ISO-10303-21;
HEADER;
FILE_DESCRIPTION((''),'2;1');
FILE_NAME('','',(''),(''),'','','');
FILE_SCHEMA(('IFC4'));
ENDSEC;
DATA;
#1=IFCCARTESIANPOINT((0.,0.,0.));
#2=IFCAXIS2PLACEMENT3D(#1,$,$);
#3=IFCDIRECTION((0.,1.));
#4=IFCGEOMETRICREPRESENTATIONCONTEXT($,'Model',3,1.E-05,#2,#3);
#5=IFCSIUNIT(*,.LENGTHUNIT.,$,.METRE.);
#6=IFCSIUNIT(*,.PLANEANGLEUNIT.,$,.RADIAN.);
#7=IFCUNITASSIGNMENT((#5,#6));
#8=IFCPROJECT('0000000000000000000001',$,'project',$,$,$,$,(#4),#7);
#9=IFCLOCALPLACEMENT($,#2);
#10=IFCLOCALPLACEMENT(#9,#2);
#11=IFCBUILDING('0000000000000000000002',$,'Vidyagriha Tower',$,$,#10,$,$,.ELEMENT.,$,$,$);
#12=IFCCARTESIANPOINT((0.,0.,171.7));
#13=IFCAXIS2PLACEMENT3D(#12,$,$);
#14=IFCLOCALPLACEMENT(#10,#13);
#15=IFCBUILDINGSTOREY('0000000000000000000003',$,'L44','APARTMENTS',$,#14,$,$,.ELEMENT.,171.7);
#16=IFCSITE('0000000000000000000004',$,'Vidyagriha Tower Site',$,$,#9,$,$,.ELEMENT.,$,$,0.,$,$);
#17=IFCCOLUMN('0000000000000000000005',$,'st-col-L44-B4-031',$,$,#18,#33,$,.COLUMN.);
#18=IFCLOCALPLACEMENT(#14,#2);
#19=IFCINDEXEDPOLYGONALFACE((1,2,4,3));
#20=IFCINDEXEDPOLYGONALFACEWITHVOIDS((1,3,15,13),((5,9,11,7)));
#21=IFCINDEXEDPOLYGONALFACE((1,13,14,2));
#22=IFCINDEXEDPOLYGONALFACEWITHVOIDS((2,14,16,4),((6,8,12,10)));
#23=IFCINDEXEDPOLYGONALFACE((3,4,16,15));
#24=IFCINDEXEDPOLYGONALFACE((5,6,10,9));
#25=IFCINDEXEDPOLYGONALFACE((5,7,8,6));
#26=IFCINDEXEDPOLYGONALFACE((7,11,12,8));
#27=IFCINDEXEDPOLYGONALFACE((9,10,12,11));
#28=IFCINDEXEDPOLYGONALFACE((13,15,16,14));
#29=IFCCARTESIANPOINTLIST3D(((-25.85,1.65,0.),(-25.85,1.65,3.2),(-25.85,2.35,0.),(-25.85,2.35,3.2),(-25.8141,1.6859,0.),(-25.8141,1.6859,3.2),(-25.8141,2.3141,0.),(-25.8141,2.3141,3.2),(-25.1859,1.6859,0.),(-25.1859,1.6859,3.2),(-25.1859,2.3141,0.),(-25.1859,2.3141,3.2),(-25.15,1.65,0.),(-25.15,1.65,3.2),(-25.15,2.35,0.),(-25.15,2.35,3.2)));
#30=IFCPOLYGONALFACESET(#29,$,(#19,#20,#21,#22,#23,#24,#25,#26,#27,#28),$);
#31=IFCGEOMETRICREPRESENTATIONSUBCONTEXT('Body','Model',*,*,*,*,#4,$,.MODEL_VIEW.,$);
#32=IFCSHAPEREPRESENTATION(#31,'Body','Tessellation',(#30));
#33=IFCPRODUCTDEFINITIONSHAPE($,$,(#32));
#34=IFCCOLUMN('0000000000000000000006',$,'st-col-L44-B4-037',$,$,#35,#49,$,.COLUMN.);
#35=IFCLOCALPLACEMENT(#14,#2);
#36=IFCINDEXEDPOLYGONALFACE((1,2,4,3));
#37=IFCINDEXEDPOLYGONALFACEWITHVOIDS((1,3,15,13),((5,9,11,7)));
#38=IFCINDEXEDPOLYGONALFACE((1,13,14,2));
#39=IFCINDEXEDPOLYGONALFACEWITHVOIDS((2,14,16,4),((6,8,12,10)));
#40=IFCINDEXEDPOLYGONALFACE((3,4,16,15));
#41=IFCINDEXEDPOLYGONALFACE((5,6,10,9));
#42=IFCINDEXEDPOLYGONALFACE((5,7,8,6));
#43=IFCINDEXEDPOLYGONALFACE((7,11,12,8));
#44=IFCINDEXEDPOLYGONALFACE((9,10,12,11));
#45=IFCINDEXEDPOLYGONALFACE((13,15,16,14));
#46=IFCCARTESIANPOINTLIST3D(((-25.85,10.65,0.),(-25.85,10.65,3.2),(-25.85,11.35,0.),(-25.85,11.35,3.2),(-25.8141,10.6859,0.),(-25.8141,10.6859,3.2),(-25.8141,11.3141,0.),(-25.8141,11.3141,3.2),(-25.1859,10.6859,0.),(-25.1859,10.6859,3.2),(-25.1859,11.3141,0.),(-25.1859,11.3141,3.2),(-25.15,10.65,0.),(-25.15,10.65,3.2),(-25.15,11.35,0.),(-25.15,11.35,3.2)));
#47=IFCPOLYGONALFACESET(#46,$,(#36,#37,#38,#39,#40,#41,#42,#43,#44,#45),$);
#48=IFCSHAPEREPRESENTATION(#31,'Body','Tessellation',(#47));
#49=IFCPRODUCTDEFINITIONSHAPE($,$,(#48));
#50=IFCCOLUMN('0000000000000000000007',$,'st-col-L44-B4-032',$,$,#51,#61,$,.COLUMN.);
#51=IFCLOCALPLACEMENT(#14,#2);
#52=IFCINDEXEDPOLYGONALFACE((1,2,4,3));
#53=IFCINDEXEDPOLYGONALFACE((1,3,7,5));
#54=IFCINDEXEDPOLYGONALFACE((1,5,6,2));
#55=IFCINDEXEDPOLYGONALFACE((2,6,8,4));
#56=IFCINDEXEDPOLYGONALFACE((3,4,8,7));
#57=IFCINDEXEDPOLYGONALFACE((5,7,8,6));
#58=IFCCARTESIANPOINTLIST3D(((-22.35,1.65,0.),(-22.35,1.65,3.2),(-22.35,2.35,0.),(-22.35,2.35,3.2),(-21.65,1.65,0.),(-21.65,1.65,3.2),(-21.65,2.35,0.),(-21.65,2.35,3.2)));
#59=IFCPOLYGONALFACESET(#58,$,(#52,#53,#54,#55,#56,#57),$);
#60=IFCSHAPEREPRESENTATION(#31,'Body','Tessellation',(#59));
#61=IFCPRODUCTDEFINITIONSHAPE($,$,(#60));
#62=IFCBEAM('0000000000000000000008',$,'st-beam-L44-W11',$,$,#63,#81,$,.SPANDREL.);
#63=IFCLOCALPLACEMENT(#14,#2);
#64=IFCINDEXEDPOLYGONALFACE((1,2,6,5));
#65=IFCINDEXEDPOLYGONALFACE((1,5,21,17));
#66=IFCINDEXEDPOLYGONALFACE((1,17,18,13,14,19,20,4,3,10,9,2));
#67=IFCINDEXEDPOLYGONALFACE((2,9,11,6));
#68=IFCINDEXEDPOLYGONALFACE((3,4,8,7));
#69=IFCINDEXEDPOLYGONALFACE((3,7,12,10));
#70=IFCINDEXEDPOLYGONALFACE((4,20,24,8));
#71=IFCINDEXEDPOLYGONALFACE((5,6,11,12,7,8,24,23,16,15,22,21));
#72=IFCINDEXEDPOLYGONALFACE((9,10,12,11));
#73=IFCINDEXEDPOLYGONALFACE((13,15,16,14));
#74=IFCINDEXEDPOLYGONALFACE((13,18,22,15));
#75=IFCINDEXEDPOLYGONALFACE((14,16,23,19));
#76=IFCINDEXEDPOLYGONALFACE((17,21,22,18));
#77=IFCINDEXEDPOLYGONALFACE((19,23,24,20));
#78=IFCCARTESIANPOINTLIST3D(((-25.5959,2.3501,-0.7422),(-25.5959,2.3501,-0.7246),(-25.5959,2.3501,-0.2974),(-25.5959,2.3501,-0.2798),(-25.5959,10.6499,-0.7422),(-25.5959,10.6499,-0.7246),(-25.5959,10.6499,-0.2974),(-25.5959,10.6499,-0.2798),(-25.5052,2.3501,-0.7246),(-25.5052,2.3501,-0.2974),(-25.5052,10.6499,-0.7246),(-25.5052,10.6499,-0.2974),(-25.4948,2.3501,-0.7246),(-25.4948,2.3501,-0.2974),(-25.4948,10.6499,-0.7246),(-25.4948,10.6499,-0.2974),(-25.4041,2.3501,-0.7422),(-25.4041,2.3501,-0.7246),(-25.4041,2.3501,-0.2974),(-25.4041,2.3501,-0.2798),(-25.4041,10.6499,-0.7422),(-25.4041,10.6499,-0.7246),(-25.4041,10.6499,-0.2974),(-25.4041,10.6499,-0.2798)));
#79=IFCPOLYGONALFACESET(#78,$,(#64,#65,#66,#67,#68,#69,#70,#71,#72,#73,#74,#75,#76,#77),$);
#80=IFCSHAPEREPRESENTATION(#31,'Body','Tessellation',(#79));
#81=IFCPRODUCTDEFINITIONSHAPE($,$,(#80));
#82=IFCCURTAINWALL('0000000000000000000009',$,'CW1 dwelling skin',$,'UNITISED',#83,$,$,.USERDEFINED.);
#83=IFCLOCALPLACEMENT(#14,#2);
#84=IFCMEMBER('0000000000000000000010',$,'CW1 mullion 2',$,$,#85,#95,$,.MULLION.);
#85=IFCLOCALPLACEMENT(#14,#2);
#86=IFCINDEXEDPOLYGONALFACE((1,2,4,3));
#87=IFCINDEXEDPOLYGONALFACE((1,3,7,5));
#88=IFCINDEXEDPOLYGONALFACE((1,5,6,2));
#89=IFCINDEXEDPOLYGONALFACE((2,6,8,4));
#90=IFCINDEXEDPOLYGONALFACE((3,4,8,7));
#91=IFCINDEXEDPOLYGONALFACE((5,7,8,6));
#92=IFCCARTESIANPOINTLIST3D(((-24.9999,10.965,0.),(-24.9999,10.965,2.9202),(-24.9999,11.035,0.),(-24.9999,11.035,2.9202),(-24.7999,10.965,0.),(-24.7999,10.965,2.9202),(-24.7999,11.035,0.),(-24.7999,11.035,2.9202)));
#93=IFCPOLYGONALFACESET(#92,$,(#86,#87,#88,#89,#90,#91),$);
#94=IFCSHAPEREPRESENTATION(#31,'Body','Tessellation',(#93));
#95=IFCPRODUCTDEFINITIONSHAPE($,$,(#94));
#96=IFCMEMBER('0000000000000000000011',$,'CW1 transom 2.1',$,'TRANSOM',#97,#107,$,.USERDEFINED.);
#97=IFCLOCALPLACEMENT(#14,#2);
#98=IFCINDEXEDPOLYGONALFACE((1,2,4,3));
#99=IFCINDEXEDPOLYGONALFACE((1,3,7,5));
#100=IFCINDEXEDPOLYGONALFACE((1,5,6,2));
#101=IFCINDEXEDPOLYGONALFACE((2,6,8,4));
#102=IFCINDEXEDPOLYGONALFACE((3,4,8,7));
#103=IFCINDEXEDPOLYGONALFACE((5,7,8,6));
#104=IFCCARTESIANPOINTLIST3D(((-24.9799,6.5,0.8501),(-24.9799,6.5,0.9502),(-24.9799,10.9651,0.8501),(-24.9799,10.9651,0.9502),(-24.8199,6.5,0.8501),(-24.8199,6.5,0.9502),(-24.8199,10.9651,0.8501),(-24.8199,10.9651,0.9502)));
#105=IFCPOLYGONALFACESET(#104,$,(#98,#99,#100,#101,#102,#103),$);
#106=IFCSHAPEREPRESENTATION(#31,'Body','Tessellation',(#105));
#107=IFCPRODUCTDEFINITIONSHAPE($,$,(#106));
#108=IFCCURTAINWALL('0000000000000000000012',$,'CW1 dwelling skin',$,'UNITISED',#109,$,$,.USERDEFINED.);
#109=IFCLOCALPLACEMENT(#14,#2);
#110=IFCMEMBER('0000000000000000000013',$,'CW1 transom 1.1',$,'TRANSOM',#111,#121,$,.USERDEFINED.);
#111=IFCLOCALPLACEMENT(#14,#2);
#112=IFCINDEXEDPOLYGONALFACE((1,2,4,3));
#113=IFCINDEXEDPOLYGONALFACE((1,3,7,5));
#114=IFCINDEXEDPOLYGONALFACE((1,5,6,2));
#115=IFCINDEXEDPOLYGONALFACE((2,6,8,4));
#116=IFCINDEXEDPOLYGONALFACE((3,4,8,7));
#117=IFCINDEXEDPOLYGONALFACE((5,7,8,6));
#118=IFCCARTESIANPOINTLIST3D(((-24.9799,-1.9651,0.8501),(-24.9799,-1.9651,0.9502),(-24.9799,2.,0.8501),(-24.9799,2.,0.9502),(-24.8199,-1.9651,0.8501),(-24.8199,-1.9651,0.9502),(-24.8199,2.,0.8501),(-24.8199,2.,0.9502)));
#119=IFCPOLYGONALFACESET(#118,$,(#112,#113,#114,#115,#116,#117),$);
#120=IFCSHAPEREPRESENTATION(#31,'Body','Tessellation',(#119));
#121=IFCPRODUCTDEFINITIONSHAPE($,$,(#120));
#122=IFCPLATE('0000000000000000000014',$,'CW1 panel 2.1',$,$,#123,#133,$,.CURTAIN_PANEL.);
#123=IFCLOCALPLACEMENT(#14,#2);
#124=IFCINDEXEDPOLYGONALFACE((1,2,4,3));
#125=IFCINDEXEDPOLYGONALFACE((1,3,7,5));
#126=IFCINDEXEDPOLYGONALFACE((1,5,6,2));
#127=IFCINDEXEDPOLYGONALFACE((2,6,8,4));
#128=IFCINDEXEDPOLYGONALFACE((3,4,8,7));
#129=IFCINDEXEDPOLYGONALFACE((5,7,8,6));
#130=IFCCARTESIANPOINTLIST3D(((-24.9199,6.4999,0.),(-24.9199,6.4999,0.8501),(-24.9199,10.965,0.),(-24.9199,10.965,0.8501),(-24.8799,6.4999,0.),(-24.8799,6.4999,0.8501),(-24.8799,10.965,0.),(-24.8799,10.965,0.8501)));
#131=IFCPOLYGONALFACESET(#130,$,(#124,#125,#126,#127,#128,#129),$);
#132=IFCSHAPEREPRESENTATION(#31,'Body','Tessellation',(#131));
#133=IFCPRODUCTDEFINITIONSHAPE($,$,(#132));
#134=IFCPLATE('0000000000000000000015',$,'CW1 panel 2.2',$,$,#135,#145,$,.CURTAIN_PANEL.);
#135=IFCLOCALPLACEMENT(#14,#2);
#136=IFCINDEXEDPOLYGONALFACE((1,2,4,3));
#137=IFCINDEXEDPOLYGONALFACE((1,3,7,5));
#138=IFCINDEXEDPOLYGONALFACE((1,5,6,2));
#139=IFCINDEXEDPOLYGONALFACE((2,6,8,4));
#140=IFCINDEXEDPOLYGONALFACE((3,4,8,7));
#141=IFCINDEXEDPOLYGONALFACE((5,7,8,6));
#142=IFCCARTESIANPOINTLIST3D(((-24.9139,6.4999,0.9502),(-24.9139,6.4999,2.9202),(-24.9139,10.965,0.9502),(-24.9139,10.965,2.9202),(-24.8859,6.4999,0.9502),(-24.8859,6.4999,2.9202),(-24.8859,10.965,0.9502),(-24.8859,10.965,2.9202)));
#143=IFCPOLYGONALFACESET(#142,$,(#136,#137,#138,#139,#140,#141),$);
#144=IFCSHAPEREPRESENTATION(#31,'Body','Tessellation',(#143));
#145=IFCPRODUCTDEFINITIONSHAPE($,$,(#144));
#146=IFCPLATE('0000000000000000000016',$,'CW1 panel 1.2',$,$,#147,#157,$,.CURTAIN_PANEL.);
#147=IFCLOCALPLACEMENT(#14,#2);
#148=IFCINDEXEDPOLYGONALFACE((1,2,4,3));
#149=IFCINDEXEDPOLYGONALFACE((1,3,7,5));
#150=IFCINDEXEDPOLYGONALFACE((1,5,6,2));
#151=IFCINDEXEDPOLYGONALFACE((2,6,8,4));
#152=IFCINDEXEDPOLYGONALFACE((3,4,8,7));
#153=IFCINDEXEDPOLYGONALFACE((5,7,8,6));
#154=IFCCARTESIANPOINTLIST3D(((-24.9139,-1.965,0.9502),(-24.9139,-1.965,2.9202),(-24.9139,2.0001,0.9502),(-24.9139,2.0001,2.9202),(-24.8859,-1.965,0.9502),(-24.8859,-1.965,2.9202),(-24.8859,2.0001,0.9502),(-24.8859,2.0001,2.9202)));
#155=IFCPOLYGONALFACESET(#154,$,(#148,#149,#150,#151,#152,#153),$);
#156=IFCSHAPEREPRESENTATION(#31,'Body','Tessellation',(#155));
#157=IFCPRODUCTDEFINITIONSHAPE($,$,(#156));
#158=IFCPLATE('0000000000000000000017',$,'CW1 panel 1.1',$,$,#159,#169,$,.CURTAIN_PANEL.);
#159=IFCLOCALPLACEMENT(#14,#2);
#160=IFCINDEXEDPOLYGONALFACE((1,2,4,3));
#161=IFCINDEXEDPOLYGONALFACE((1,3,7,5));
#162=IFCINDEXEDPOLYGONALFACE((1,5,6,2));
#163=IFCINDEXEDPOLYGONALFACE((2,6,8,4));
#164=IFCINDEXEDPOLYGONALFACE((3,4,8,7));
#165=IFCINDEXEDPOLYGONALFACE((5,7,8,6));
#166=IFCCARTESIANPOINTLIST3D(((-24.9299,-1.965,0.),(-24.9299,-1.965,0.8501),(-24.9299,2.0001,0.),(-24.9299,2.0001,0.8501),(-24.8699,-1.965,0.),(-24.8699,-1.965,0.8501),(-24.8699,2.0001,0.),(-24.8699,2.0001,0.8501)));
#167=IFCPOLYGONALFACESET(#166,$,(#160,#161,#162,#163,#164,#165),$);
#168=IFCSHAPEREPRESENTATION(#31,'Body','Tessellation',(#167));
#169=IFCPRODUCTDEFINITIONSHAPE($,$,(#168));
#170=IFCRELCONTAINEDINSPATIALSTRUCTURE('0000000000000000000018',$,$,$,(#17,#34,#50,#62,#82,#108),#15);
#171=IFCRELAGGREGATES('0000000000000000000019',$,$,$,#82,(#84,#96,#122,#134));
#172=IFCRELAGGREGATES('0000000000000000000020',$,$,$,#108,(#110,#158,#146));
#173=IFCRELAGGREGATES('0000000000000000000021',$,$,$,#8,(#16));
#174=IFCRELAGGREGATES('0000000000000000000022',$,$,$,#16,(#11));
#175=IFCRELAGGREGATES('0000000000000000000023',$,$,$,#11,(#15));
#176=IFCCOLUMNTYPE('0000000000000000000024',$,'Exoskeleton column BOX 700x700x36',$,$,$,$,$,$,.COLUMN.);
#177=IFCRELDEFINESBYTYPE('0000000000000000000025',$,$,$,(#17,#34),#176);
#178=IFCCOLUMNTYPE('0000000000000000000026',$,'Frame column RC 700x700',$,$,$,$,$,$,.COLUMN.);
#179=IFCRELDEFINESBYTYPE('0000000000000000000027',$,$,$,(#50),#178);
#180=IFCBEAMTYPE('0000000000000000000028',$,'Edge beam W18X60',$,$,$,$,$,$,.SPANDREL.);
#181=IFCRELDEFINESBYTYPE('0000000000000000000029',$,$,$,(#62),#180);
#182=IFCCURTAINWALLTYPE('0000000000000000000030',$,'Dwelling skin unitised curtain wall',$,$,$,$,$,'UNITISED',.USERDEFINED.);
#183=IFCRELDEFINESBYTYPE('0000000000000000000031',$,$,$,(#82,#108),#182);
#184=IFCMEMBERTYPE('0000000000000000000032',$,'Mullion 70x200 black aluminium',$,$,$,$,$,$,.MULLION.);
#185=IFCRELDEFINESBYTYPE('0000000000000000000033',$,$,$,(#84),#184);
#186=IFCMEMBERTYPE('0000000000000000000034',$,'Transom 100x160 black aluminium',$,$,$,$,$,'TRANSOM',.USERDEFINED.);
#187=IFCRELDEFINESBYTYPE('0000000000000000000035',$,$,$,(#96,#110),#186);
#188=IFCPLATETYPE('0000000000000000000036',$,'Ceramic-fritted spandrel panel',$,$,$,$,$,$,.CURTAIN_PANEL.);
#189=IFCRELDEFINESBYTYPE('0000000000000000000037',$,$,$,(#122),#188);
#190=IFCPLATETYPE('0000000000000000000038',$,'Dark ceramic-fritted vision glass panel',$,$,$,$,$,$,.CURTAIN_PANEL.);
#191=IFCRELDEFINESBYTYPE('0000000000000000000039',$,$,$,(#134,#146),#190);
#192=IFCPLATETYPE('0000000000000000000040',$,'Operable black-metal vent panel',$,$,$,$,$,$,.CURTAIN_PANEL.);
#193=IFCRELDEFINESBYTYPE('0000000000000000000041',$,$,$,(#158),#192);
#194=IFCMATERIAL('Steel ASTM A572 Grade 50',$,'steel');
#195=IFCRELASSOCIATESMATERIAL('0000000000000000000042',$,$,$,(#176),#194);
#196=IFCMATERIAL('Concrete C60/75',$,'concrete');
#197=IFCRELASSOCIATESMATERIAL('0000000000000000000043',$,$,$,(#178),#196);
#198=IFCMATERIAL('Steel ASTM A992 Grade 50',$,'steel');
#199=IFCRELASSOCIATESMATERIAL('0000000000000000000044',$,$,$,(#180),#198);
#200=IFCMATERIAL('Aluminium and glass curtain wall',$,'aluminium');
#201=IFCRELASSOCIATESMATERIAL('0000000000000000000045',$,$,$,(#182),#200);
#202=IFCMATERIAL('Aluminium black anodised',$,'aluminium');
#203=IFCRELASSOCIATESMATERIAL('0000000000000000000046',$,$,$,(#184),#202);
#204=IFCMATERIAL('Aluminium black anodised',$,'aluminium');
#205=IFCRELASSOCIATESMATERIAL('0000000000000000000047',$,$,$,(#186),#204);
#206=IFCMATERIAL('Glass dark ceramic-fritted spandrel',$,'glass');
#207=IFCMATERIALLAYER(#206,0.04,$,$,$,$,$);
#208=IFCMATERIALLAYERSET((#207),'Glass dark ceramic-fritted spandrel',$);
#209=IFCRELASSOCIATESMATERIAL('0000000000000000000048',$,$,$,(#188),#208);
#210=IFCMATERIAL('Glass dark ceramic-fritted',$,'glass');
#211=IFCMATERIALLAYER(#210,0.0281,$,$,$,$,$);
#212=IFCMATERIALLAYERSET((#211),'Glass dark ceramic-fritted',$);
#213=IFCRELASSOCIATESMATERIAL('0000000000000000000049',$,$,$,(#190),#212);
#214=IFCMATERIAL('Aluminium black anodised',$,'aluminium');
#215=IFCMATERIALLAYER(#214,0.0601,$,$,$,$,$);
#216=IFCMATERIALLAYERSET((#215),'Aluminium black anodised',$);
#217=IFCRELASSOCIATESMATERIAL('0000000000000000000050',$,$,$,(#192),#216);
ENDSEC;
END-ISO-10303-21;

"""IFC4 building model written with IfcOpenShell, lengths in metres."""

from ifc_helpers import new_model, si_unit, direction, frame, origin, origin_2d, place, context, subcontext, project, spatial, rectangle, hollow_rectangle, i_section, extrude, material, layer, layer_set, material_profile, profile_set, type_object, element, aggregate, save


model = new_model("IFC4")

# Units and contexts
model_context = context("Model", 3, precision=1e-05, world=origin(), true_north=direction((0.0, 1.0)))
body_context = subcontext(model_context, "Body", "Model", "MODEL_VIEW")
ifc_project = project(units=[si_unit("LENGTHUNIT", "METRE"), si_unit("PLANEANGLEUNIT", "RADIAN")], contexts=[model_context])

# Site, building, storey
site_placement = place(None, origin())
site = spatial("IfcSite", under=ifc_project, at=site_placement, Name="Vidyagriha Tower Site", CompositionType="ELEMENT", RefElevation=0.0)
building_placement = place(site_placement, origin())
building = spatial("IfcBuilding", under=site, at=building_placement, Name="Vidyagriha Tower", CompositionType="ELEMENT")
storey_placement = place(building_placement, frame((0.0, 0.0, 171.7)))
storey = spatial("IfcBuildingStorey", under=building, at=storey_placement, Name="L44", Description="APARTMENTS", CompositionType="ELEMENT", Elevation=171.7)

# Columns
ifc_material_1 = material(Name="Steel ASTM A572 Grade 50", Category="steel")
ifc_material_profile_1 = material_profile(ifc_material_1, hollow_rectangle(XDim=0.7, YDim=0.7, WallThickness=0.0359, at=origin_2d()), Name="BOX 700x700x36")
ifc_profile_set_1 = profile_set([ifc_material_profile_1], Name="Steel ASTM A572 Grade 50")
column_type_1 = type_object("IfcColumnType", Name="Exoskeleton column BOX 700x700x36", PredefinedType="COLUMN", material=ifc_profile_set_1)
for number, where, name in (
    (1, (-25.5, 2.0, 0.0), "st-col-L44-B4-031"),
    (2, (-25.5, 11.0, 0.0), "st-col-L44-B4-037"),
):
    element("IfcColumn", number, at=place(storey_placement, frame(where)), inside=storey, type_object=column_type_1, Name=name, PredefinedType="COLUMN", context=body_context, shape_type="SweptSolid", body=[
        extrude(hollow_rectangle(XDim=0.7, YDim=0.7, WallThickness=0.0359, at=origin_2d()), origin(), (0.0, 0.0, 1.0), 3.2),
    ])
ifc_material_2 = material(Name="Concrete C60/75", Category="concrete")
ifc_material_profile_2 = material_profile(ifc_material_2, rectangle(XDim=0.7, YDim=0.7, at=origin_2d()), Name="RC 700x700")
ifc_profile_set_2 = profile_set([ifc_material_profile_2], Name="Concrete C60/75")
column_type_2 = type_object("IfcColumnType", Name="Frame column RC 700x700", PredefinedType="COLUMN", material=ifc_profile_set_2)
column_placement = place(storey_placement, frame((-22.0, 2.0, 0.0)))
element("IfcColumn", 3, at=column_placement, inside=storey, type_object=column_type_2, Name="st-col-L44-B4-032", PredefinedType="COLUMN", context=body_context, shape_type="SweptSolid", body=[
    extrude(rectangle(XDim=0.7, YDim=0.7, at=origin_2d()), origin(), (0.0, 0.0, 1.0), 3.2),
])

# Beam
ifc_material_3 = material(Name="Steel ASTM A992 Grade 50", Category="steel")
ifc_material_profile_3 = material_profile(ifc_material_3, i_section(OverallWidth=0.1919, OverallDepth=0.4624, WebThickness=0.0105, FlangeThickness=0.0176, at=origin_2d()), Name="W18X60")
ifc_profile_set_3 = profile_set([ifc_material_profile_3], Name="Steel ASTM A992 Grade 50")
beam_type = type_object("IfcBeamType", Name="Edge beam W18X60", PredefinedType="SPANDREL", material=ifc_profile_set_3)
beam_placement = place(storey_placement, frame((-25.5, 2.3501, -0.511), z_axis=(0.0, 1.0, 0.0), x_axis=(-1.0, 0.0, 0.0)))
element("IfcBeam", 4, at=beam_placement, inside=storey, type_object=beam_type, Name="st-beam-L44-W11", PredefinedType="SPANDREL", context=body_context, shape_type="SweptSolid", body=[
    extrude(i_section(OverallWidth=0.1919, OverallDepth=0.4624, WebThickness=0.0105, FlangeThickness=0.0176, at=origin_2d()), origin(), (0.0, 0.0, 1.0), 8.2998),
])

# Curtain wall, members
ifc_material_4 = material(Name="Aluminium and glass curtain wall", Category="aluminium")
curtain_wall_type = type_object("IfcCurtainWallType", Name="Dwelling skin unitised curtain wall", ElementType="UNITISED", PredefinedType="USERDEFINED", material=ifc_material_4)
curtain_wall_1_placement = place(storey_placement, origin())
curtain_wall_1 = element("IfcCurtainWall", 5, at=curtain_wall_1_placement, inside=storey, type_object=curtain_wall_type, Name="CW1 dwelling skin", ObjectType="UNITISED", PredefinedType="USERDEFINED")
ifc_material_5 = material(Name="Aluminium black anodised", Category="aluminium")
ifc_material_profile_4 = material_profile(ifc_material_5, rectangle(XDim=0.2, YDim=0.0701, at=origin_2d()), Name="Mullion 70x200 black aluminium")
ifc_profile_set_4 = profile_set([ifc_material_profile_4], Name="Aluminium black anodised")
member_type_1 = type_object("IfcMemberType", Name="Mullion 70x200 black aluminium", PredefinedType="MULLION", material=ifc_profile_set_4)
member_1_placement = place(storey_placement, frame((-24.8999, 11.0, 0.0)))
member_1 = element("IfcMember", 6, at=member_1_placement, type_object=member_type_1, Name="CW1 mullion 2", PredefinedType="MULLION", context=body_context, shape_type="SweptSolid", body=[
    extrude(rectangle(XDim=0.2, YDim=0.0701, at=origin_2d()), origin(), (0.0, 0.0, 1.0), 2.9202),
])
ifc_material_6 = material(Name="Aluminium black anodised", Category="aluminium")
ifc_material_profile_5 = material_profile(ifc_material_6, rectangle(XDim=0.1599, YDim=0.1001, at=origin_2d()), Name="Transom 100x160 black aluminium")
ifc_profile_set_5 = profile_set([ifc_material_profile_5], Name="Aluminium black anodised")
member_type_2 = type_object("IfcMemberType", Name="Transom 100x160 black aluminium", ElementType="TRANSOM", PredefinedType="USERDEFINED", material=ifc_profile_set_5)
member_2_placement = place(storey_placement, frame((-24.8999, 10.9651, 0.9001), z_axis=(0.0, -1.0, 0.0), x_axis=(1.0, 0.0, 0.0)))
member_2 = element("IfcMember", 7, at=member_2_placement, type_object=member_type_2, Name="CW1 transom 2.1", ObjectType="TRANSOM", PredefinedType="USERDEFINED", context=body_context, shape_type="SweptSolid", body=[
    extrude(rectangle(XDim=0.1599, YDim=0.1001, at=origin_2d()), origin(), (0.0, 0.0, 1.0), 4.4651),
])

# Curtain wall, member
curtain_wall_2_placement = place(storey_placement, origin())
curtain_wall_2 = element("IfcCurtainWall", 8, at=curtain_wall_2_placement, inside=storey, type_object=curtain_wall_type, Name="CW1 dwelling skin", ObjectType="UNITISED", PredefinedType="USERDEFINED")
member_3_placement = place(storey_placement, frame((-24.8999, 2.0, 0.9001), z_axis=(0.0, -1.0, 0.0), x_axis=(1.0, 0.0, 0.0)))
member_3 = element("IfcMember", 9, at=member_3_placement, type_object=member_type_2, Name="CW1 transom 1.1", ObjectType="TRANSOM", PredefinedType="USERDEFINED", context=body_context, shape_type="SweptSolid", body=[
    extrude(rectangle(XDim=0.1599, YDim=0.1001, at=origin_2d()), origin(), (0.0, 0.0, 1.0), 3.9651),
])

# Plates
ifc_material_7 = material(Name="Glass dark ceramic-fritted spandrel", Category="glass")
ifc_layer_1 = layer(ifc_material_7, 0.04)
ifc_layer_set_1 = layer_set([ifc_layer_1], Name="Glass dark ceramic-fritted spandrel")
plate_type_1 = type_object("IfcPlateType", Name="Ceramic-fritted spandrel panel", PredefinedType="CURTAIN_PANEL", material=ifc_layer_set_1)
plate_1_placement = place(storey_placement, frame((-24.8999, 8.7324, 0.0), z_axis=(0.0, 0.0, 1.0), x_axis=(0.0, -1.0, 0.0)))
plate_1 = element("IfcPlate", 10, at=plate_1_placement, type_object=plate_type_1, Name="CW1 panel 2.1", PredefinedType="CURTAIN_PANEL", context=body_context, shape_type="SweptSolid", body=[
    extrude(rectangle(XDim=4.4651, YDim=0.04, at=origin_2d()), origin(), (0.0, 0.0, 1.0), 0.8501),
])
ifc_material_8 = material(Name="Glass dark ceramic-fritted", Category="glass")
ifc_layer_2 = layer(ifc_material_8, 0.0281)
ifc_layer_set_2 = layer_set([ifc_layer_2], Name="Glass dark ceramic-fritted")
plate_type_2 = type_object("IfcPlateType", Name="Dark ceramic-fritted vision glass panel", PredefinedType="CURTAIN_PANEL", material=ifc_layer_set_2)
plate_2_placement = place(storey_placement, frame((-24.8999, 8.7324, 0.9502), z_axis=(0.0, 0.0, 1.0), x_axis=(0.0, -1.0, 0.0)))
plate_2 = element("IfcPlate", 11, at=plate_2_placement, type_object=plate_type_2, Name="CW1 panel 2.2", PredefinedType="CURTAIN_PANEL", context=body_context, shape_type="SweptSolid", body=[
    extrude(rectangle(XDim=4.4651, YDim=0.0281, at=origin_2d()), origin(), (0.0, 0.0, 1.0), 1.97),
])
aggregate(curtain_wall_1, [member_1, member_2, plate_1, plate_2])
plate_3_placement = place(storey_placement, frame((-24.8999, 0.0176, 0.9502), z_axis=(0.0, 0.0, 1.0), x_axis=(0.0, -1.0, 0.0)))
plate_3 = element("IfcPlate", 12, at=plate_3_placement, type_object=plate_type_2, Name="CW1 panel 1.2", PredefinedType="CURTAIN_PANEL", context=body_context, shape_type="SweptSolid", body=[
    extrude(rectangle(XDim=3.9651, YDim=0.0281, at=origin_2d()), origin(), (0.0, 0.0, 1.0), 1.97),
])
ifc_material_9 = material(Name="Aluminium black anodised", Category="aluminium")
ifc_layer_3 = layer(ifc_material_9, 0.0601)
ifc_layer_set_3 = layer_set([ifc_layer_3], Name="Aluminium black anodised")
plate_type_3 = type_object("IfcPlateType", Name="Operable black-metal vent panel", PredefinedType="CURTAIN_PANEL", material=ifc_layer_set_3)
plate_4_placement = place(storey_placement, frame((-24.8999, 0.0176, 0.0), z_axis=(0.0, 0.0, 1.0), x_axis=(0.0, -1.0, 0.0)))
plate_4 = element("IfcPlate", 13, at=plate_4_placement, type_object=plate_type_3, Name="CW1 panel 1.1", PredefinedType="CURTAIN_PANEL", context=body_context, shape_type="SweptSolid", body=[
    extrude(rectangle(XDim=3.9651, YDim=0.0601, at=origin_2d()), origin(), (0.0, 0.0, 1.0), 0.8501),
])
aggregate(curtain_wall_2, [member_3, plate_4, plate_3])

save(model, "model.ifc")
